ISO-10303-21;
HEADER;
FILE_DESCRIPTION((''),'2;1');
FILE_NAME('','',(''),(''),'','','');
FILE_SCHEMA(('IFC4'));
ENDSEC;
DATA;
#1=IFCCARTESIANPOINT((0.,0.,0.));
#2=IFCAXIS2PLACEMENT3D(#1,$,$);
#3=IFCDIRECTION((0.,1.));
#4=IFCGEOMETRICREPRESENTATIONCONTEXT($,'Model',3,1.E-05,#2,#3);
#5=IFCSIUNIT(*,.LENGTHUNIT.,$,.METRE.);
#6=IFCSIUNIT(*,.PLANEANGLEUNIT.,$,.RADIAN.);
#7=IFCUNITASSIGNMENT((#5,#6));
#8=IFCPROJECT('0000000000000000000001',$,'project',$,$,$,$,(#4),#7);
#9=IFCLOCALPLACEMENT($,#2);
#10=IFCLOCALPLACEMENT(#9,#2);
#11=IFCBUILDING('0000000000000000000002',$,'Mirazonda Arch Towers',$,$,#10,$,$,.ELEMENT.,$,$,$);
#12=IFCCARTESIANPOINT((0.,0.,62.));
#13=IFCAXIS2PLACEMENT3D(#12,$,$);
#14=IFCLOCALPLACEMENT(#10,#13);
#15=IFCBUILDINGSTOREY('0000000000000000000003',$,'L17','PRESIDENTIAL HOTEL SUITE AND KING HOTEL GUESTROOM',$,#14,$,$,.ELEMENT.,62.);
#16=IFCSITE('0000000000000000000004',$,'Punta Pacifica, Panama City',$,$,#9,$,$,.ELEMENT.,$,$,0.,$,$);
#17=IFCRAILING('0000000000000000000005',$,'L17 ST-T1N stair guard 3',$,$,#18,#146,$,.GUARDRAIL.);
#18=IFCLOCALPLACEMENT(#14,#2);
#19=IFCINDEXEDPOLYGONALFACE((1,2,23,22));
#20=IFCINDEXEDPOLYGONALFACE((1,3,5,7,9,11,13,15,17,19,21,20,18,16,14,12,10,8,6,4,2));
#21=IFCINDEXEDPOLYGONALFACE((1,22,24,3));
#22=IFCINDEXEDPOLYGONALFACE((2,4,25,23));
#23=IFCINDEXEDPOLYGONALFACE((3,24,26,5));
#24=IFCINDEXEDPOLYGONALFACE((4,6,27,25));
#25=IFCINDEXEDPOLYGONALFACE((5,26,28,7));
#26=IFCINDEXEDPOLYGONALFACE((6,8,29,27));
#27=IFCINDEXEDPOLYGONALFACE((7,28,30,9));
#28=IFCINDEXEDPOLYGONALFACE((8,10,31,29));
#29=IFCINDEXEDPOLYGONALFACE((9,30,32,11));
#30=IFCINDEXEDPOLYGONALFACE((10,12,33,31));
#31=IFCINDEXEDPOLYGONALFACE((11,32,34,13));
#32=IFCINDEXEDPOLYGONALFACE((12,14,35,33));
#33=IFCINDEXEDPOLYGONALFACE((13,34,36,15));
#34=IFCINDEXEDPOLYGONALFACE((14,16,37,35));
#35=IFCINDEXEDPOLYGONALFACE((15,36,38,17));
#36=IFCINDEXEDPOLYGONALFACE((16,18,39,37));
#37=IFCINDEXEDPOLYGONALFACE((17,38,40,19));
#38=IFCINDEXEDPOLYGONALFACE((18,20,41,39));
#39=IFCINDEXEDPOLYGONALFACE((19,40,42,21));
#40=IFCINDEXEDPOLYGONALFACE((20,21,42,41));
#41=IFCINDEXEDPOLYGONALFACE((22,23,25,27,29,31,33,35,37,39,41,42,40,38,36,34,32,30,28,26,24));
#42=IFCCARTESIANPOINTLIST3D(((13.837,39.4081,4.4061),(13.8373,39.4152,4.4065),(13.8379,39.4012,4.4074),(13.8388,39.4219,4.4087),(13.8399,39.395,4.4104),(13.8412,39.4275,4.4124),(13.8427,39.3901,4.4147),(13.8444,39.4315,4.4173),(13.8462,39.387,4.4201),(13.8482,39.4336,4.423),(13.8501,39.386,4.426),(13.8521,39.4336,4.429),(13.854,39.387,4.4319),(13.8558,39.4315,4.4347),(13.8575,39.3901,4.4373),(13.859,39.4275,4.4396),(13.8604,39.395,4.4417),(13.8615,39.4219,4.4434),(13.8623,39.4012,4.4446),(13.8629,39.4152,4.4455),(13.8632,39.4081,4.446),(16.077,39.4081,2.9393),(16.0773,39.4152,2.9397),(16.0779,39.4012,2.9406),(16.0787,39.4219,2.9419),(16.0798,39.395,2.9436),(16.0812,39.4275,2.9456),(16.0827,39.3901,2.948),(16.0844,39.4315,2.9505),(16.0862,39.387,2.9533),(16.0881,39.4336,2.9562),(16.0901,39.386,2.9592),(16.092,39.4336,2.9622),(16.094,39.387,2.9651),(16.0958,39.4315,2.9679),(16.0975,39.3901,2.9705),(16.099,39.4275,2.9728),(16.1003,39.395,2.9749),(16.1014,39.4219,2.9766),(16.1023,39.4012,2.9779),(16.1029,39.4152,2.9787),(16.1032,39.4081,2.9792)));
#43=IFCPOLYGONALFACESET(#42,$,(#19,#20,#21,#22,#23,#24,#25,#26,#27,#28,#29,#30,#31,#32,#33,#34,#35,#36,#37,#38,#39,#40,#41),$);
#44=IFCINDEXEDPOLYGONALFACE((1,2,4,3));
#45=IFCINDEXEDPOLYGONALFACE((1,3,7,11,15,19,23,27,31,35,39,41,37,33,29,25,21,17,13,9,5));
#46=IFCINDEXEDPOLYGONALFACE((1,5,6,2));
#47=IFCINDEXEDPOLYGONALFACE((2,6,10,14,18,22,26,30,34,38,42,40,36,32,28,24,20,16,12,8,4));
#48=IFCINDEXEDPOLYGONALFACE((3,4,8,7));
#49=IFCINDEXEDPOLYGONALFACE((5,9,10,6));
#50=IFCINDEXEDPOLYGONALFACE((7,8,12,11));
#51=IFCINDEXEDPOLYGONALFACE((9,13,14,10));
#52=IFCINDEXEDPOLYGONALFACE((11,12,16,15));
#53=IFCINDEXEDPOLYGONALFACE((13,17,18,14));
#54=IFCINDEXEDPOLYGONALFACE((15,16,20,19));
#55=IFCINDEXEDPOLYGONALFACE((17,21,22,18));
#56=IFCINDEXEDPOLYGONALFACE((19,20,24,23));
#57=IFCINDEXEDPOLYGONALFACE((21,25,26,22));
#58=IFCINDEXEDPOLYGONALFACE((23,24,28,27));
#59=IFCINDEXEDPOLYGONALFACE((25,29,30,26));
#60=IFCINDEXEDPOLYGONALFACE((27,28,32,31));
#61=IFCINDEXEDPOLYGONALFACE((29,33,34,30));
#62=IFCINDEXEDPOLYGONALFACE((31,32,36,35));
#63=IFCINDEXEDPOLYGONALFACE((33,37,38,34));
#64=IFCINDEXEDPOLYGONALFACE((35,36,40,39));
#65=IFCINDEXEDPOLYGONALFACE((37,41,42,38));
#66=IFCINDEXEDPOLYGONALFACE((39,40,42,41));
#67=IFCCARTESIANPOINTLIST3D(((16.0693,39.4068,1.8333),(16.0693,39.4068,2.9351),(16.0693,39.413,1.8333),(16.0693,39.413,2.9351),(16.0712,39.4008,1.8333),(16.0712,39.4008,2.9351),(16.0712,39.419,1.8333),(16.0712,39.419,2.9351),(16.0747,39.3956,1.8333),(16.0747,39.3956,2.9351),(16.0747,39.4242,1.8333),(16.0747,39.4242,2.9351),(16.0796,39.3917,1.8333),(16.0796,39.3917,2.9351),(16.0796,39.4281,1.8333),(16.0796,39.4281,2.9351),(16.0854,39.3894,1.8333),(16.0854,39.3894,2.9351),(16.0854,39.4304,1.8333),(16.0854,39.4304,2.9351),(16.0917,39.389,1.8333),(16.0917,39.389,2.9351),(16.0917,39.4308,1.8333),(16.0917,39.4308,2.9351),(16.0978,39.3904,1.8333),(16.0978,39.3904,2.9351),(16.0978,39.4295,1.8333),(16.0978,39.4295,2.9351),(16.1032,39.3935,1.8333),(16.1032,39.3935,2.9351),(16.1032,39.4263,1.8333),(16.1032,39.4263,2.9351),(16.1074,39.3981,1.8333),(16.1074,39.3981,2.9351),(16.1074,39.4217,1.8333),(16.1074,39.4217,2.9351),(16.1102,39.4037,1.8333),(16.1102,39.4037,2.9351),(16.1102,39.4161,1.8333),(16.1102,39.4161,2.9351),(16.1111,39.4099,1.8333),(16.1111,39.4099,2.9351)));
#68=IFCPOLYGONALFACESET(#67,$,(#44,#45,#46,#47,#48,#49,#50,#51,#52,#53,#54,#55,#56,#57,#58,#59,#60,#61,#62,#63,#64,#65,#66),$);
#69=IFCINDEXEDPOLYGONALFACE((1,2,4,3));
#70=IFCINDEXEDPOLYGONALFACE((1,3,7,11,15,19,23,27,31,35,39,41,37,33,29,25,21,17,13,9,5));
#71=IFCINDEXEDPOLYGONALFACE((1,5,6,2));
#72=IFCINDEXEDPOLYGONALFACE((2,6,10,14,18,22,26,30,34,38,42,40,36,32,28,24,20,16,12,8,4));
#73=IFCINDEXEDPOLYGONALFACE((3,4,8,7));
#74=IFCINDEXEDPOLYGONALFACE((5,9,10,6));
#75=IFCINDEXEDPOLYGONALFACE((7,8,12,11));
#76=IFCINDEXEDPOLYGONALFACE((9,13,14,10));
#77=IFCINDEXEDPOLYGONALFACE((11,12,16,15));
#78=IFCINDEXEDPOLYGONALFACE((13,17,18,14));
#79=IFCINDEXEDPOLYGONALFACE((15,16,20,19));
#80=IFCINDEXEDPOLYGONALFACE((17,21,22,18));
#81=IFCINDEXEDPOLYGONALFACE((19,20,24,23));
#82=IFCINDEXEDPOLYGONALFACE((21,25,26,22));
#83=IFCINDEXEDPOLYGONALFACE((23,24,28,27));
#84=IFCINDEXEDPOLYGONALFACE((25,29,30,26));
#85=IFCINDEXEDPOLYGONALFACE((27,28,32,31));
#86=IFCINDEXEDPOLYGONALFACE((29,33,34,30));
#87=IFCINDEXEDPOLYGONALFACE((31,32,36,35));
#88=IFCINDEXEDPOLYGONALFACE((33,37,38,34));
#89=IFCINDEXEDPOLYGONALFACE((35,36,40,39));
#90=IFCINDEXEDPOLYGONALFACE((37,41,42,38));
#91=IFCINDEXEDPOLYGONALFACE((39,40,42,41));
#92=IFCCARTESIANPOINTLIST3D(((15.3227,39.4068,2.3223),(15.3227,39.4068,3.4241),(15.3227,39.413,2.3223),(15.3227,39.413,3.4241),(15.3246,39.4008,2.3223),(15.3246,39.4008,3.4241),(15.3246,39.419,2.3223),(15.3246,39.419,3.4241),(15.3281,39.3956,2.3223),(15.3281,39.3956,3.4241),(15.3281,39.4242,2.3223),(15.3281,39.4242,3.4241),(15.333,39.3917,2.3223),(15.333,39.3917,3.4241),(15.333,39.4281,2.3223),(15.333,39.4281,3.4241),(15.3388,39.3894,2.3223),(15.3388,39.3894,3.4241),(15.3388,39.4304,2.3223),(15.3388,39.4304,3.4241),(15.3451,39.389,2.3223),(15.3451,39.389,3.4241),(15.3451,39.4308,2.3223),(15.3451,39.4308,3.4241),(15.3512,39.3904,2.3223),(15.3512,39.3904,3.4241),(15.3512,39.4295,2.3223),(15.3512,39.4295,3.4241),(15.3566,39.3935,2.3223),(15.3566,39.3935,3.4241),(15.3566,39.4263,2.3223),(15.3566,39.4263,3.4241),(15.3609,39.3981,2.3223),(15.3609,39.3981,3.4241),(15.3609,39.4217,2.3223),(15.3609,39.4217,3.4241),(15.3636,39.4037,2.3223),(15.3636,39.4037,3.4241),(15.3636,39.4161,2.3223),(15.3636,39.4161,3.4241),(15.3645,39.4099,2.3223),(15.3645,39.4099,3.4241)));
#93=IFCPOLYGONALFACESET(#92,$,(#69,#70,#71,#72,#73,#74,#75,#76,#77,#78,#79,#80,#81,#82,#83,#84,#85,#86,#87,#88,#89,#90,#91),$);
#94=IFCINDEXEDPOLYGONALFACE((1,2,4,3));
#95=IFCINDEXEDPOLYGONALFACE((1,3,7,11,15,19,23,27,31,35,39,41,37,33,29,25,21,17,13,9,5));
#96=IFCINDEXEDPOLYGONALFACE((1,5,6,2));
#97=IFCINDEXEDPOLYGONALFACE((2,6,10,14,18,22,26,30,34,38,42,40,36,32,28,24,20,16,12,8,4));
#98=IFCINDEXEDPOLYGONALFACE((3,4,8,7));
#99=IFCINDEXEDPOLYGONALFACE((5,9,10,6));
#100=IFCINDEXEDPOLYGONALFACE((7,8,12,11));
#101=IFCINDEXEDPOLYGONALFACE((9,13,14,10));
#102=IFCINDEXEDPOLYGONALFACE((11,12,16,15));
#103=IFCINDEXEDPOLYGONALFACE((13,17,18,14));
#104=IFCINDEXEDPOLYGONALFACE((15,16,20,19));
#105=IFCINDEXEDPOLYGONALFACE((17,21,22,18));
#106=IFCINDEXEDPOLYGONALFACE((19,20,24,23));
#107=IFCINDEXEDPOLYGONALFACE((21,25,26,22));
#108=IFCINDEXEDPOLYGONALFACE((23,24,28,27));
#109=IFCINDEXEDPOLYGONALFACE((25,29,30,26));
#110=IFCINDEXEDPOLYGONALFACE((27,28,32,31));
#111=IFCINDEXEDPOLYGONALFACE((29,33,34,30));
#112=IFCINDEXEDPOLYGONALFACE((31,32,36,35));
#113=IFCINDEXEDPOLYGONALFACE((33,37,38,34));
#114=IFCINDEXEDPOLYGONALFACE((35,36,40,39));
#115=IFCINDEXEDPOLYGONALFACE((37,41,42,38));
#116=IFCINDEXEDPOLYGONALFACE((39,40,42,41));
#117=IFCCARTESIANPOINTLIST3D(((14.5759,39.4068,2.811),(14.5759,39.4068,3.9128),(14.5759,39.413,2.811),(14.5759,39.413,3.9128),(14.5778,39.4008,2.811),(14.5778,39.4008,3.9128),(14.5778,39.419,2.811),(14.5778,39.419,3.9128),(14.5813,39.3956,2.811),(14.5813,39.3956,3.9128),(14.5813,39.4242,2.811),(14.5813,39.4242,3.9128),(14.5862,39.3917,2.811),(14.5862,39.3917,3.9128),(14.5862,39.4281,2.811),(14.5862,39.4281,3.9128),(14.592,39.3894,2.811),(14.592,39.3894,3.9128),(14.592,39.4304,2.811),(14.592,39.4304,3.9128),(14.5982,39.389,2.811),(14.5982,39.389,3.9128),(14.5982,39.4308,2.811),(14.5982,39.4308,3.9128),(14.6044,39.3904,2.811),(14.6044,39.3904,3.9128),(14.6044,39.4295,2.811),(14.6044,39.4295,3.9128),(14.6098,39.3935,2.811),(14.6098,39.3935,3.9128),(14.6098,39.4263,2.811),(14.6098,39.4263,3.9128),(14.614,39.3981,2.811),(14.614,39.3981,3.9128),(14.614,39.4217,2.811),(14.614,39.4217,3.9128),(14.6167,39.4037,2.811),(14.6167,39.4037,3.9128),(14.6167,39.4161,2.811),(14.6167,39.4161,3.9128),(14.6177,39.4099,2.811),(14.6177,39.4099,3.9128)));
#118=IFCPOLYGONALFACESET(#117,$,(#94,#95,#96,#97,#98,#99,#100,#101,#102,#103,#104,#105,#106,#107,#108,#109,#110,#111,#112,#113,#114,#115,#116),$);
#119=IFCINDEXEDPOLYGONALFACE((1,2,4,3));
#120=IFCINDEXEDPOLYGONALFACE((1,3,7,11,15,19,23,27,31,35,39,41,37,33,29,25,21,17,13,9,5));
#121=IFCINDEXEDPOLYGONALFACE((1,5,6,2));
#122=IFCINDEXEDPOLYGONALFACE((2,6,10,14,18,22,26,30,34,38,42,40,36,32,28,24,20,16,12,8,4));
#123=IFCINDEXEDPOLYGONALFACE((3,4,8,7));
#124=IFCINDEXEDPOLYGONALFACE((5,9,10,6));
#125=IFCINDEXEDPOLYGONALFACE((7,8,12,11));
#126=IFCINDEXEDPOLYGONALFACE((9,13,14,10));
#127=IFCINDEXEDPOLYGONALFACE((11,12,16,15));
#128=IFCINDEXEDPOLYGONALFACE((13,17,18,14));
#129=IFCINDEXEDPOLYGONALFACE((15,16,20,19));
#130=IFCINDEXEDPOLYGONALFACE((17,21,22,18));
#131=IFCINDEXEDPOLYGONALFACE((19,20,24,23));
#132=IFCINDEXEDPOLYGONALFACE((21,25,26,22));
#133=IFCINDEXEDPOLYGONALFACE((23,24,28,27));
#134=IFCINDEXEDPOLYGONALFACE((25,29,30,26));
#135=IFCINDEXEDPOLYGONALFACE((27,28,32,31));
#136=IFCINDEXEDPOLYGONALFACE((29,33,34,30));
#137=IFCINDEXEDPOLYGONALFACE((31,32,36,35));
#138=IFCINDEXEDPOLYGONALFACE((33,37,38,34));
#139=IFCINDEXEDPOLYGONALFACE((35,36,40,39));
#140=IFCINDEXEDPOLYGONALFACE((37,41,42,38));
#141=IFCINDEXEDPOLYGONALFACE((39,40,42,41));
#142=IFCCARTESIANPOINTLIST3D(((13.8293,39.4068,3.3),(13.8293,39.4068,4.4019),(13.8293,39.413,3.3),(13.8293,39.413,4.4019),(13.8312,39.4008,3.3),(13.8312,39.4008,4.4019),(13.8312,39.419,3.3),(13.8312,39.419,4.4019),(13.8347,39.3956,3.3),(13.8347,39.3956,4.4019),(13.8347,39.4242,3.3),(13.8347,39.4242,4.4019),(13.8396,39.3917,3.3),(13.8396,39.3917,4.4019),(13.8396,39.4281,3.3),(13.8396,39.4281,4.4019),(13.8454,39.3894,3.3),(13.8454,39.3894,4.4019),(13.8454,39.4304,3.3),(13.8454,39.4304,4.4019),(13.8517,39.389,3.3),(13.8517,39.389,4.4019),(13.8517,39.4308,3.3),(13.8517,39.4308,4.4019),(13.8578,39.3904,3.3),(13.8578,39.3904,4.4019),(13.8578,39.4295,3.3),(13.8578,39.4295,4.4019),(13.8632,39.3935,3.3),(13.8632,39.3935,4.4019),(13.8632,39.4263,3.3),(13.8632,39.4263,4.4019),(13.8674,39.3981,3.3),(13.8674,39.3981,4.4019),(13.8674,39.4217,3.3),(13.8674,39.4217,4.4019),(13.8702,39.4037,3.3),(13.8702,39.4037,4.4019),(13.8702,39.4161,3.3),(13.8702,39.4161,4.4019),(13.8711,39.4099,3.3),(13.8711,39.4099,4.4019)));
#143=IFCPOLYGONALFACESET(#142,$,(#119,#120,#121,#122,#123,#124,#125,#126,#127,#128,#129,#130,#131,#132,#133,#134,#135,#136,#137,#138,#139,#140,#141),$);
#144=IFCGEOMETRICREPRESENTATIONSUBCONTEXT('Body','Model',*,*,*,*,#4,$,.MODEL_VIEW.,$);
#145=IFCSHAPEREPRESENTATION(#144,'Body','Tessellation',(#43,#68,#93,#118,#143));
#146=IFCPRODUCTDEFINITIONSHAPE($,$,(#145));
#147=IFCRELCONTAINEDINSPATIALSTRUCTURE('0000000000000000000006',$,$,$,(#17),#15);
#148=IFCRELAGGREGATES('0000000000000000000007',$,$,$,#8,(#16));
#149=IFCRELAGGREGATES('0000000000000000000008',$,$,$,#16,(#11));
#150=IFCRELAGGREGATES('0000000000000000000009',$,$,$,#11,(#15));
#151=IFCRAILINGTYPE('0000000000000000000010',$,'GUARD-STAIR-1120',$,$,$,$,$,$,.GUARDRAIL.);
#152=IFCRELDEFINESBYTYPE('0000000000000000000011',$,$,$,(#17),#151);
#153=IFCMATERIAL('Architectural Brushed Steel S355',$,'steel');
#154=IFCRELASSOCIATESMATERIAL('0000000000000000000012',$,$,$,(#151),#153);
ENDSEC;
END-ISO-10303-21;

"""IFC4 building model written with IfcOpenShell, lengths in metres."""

from ifc_helpers import new_model, si_unit, direction, frame, origin, origin_2d, place, context, subcontext, project, spatial, circle, extrude, material, type_object, element, save


model = new_model("IFC4")

# Units and contexts
model_context = context("Model", 3, precision=1e-05, world=origin(), true_north=direction((0.0, 1.0)))
body_context = subcontext(model_context, "Body", "Model", "MODEL_VIEW")
ifc_project = project(units=[si_unit("LENGTHUNIT", "METRE"), si_unit("PLANEANGLEUNIT", "RADIAN")], contexts=[model_context])

# Site, building, storey
site_placement = place(None, origin())
site = spatial("IfcSite", under=ifc_project, at=site_placement, Name="Punta Pacifica, Panama City", CompositionType="ELEMENT", RefElevation=0.0)
building_placement = place(site_placement, origin())
building = spatial("IfcBuilding", under=site, at=building_placement, Name="Mirazonda Arch Towers", CompositionType="ELEMENT")
storey_placement = place(building_placement, frame((0.0, 0.0, 62.0)))
storey = spatial("IfcBuildingStorey", under=building, at=storey_placement, Name="L17", Description="PRESIDENTIAL HOTEL SUITE AND KING HOTEL GUESTROOM", CompositionType="ELEMENT", Elevation=62.0)

# Shared definitions
ifc_material_1 = material(Name="Architectural Brushed Steel S355", Category="steel")

# Railing
railing_type_1 = type_object("IfcRailingType", Name="GUARD-STAIR-1120", PredefinedType="GUARDRAIL", material=ifc_material_1)
railing_1_placement = place(storey_placement, frame((16.0901, 39.4099, 1.8333)))
element("IfcRailing", 1, at=railing_1_placement, inside=storey, type_object=railing_type_1, Name="L17 ST-T1N stair guard 3", PredefinedType="GUARDRAIL", context=body_context, shape_type="SweptSolid", body=[
    extrude(circle(Radius=0.0239, at=origin_2d()), frame((0.0, 0.0, 1.126), z_axis=(-0.836595, 0.0, 0.547822), x_axis=(0.0, -1.0, 0.0)), (0.0, 0.0, 1.0), 2.6775),
    extrude(circle(Radius=0.021, at=origin_2d()), origin(), (0.0, 0.0, 1.0), 1.1018),
    extrude(circle(Radius=0.021, at=origin_2d()), frame((-0.7466, 0.0, 0.489)), (0.0, 0.0, 1.0), 1.1018),
    extrude(circle(Radius=0.021, at=origin_2d()), frame((-1.4934, 0.0, 0.9778)), (0.0, 0.0, 1.0), 1.1018),
    extrude(circle(Radius=0.021, at=origin_2d()), frame((-2.24, 0.0, 1.4668)), (0.0, 0.0, 1.0), 1.1018),
])

save(model, "model.ifc")
